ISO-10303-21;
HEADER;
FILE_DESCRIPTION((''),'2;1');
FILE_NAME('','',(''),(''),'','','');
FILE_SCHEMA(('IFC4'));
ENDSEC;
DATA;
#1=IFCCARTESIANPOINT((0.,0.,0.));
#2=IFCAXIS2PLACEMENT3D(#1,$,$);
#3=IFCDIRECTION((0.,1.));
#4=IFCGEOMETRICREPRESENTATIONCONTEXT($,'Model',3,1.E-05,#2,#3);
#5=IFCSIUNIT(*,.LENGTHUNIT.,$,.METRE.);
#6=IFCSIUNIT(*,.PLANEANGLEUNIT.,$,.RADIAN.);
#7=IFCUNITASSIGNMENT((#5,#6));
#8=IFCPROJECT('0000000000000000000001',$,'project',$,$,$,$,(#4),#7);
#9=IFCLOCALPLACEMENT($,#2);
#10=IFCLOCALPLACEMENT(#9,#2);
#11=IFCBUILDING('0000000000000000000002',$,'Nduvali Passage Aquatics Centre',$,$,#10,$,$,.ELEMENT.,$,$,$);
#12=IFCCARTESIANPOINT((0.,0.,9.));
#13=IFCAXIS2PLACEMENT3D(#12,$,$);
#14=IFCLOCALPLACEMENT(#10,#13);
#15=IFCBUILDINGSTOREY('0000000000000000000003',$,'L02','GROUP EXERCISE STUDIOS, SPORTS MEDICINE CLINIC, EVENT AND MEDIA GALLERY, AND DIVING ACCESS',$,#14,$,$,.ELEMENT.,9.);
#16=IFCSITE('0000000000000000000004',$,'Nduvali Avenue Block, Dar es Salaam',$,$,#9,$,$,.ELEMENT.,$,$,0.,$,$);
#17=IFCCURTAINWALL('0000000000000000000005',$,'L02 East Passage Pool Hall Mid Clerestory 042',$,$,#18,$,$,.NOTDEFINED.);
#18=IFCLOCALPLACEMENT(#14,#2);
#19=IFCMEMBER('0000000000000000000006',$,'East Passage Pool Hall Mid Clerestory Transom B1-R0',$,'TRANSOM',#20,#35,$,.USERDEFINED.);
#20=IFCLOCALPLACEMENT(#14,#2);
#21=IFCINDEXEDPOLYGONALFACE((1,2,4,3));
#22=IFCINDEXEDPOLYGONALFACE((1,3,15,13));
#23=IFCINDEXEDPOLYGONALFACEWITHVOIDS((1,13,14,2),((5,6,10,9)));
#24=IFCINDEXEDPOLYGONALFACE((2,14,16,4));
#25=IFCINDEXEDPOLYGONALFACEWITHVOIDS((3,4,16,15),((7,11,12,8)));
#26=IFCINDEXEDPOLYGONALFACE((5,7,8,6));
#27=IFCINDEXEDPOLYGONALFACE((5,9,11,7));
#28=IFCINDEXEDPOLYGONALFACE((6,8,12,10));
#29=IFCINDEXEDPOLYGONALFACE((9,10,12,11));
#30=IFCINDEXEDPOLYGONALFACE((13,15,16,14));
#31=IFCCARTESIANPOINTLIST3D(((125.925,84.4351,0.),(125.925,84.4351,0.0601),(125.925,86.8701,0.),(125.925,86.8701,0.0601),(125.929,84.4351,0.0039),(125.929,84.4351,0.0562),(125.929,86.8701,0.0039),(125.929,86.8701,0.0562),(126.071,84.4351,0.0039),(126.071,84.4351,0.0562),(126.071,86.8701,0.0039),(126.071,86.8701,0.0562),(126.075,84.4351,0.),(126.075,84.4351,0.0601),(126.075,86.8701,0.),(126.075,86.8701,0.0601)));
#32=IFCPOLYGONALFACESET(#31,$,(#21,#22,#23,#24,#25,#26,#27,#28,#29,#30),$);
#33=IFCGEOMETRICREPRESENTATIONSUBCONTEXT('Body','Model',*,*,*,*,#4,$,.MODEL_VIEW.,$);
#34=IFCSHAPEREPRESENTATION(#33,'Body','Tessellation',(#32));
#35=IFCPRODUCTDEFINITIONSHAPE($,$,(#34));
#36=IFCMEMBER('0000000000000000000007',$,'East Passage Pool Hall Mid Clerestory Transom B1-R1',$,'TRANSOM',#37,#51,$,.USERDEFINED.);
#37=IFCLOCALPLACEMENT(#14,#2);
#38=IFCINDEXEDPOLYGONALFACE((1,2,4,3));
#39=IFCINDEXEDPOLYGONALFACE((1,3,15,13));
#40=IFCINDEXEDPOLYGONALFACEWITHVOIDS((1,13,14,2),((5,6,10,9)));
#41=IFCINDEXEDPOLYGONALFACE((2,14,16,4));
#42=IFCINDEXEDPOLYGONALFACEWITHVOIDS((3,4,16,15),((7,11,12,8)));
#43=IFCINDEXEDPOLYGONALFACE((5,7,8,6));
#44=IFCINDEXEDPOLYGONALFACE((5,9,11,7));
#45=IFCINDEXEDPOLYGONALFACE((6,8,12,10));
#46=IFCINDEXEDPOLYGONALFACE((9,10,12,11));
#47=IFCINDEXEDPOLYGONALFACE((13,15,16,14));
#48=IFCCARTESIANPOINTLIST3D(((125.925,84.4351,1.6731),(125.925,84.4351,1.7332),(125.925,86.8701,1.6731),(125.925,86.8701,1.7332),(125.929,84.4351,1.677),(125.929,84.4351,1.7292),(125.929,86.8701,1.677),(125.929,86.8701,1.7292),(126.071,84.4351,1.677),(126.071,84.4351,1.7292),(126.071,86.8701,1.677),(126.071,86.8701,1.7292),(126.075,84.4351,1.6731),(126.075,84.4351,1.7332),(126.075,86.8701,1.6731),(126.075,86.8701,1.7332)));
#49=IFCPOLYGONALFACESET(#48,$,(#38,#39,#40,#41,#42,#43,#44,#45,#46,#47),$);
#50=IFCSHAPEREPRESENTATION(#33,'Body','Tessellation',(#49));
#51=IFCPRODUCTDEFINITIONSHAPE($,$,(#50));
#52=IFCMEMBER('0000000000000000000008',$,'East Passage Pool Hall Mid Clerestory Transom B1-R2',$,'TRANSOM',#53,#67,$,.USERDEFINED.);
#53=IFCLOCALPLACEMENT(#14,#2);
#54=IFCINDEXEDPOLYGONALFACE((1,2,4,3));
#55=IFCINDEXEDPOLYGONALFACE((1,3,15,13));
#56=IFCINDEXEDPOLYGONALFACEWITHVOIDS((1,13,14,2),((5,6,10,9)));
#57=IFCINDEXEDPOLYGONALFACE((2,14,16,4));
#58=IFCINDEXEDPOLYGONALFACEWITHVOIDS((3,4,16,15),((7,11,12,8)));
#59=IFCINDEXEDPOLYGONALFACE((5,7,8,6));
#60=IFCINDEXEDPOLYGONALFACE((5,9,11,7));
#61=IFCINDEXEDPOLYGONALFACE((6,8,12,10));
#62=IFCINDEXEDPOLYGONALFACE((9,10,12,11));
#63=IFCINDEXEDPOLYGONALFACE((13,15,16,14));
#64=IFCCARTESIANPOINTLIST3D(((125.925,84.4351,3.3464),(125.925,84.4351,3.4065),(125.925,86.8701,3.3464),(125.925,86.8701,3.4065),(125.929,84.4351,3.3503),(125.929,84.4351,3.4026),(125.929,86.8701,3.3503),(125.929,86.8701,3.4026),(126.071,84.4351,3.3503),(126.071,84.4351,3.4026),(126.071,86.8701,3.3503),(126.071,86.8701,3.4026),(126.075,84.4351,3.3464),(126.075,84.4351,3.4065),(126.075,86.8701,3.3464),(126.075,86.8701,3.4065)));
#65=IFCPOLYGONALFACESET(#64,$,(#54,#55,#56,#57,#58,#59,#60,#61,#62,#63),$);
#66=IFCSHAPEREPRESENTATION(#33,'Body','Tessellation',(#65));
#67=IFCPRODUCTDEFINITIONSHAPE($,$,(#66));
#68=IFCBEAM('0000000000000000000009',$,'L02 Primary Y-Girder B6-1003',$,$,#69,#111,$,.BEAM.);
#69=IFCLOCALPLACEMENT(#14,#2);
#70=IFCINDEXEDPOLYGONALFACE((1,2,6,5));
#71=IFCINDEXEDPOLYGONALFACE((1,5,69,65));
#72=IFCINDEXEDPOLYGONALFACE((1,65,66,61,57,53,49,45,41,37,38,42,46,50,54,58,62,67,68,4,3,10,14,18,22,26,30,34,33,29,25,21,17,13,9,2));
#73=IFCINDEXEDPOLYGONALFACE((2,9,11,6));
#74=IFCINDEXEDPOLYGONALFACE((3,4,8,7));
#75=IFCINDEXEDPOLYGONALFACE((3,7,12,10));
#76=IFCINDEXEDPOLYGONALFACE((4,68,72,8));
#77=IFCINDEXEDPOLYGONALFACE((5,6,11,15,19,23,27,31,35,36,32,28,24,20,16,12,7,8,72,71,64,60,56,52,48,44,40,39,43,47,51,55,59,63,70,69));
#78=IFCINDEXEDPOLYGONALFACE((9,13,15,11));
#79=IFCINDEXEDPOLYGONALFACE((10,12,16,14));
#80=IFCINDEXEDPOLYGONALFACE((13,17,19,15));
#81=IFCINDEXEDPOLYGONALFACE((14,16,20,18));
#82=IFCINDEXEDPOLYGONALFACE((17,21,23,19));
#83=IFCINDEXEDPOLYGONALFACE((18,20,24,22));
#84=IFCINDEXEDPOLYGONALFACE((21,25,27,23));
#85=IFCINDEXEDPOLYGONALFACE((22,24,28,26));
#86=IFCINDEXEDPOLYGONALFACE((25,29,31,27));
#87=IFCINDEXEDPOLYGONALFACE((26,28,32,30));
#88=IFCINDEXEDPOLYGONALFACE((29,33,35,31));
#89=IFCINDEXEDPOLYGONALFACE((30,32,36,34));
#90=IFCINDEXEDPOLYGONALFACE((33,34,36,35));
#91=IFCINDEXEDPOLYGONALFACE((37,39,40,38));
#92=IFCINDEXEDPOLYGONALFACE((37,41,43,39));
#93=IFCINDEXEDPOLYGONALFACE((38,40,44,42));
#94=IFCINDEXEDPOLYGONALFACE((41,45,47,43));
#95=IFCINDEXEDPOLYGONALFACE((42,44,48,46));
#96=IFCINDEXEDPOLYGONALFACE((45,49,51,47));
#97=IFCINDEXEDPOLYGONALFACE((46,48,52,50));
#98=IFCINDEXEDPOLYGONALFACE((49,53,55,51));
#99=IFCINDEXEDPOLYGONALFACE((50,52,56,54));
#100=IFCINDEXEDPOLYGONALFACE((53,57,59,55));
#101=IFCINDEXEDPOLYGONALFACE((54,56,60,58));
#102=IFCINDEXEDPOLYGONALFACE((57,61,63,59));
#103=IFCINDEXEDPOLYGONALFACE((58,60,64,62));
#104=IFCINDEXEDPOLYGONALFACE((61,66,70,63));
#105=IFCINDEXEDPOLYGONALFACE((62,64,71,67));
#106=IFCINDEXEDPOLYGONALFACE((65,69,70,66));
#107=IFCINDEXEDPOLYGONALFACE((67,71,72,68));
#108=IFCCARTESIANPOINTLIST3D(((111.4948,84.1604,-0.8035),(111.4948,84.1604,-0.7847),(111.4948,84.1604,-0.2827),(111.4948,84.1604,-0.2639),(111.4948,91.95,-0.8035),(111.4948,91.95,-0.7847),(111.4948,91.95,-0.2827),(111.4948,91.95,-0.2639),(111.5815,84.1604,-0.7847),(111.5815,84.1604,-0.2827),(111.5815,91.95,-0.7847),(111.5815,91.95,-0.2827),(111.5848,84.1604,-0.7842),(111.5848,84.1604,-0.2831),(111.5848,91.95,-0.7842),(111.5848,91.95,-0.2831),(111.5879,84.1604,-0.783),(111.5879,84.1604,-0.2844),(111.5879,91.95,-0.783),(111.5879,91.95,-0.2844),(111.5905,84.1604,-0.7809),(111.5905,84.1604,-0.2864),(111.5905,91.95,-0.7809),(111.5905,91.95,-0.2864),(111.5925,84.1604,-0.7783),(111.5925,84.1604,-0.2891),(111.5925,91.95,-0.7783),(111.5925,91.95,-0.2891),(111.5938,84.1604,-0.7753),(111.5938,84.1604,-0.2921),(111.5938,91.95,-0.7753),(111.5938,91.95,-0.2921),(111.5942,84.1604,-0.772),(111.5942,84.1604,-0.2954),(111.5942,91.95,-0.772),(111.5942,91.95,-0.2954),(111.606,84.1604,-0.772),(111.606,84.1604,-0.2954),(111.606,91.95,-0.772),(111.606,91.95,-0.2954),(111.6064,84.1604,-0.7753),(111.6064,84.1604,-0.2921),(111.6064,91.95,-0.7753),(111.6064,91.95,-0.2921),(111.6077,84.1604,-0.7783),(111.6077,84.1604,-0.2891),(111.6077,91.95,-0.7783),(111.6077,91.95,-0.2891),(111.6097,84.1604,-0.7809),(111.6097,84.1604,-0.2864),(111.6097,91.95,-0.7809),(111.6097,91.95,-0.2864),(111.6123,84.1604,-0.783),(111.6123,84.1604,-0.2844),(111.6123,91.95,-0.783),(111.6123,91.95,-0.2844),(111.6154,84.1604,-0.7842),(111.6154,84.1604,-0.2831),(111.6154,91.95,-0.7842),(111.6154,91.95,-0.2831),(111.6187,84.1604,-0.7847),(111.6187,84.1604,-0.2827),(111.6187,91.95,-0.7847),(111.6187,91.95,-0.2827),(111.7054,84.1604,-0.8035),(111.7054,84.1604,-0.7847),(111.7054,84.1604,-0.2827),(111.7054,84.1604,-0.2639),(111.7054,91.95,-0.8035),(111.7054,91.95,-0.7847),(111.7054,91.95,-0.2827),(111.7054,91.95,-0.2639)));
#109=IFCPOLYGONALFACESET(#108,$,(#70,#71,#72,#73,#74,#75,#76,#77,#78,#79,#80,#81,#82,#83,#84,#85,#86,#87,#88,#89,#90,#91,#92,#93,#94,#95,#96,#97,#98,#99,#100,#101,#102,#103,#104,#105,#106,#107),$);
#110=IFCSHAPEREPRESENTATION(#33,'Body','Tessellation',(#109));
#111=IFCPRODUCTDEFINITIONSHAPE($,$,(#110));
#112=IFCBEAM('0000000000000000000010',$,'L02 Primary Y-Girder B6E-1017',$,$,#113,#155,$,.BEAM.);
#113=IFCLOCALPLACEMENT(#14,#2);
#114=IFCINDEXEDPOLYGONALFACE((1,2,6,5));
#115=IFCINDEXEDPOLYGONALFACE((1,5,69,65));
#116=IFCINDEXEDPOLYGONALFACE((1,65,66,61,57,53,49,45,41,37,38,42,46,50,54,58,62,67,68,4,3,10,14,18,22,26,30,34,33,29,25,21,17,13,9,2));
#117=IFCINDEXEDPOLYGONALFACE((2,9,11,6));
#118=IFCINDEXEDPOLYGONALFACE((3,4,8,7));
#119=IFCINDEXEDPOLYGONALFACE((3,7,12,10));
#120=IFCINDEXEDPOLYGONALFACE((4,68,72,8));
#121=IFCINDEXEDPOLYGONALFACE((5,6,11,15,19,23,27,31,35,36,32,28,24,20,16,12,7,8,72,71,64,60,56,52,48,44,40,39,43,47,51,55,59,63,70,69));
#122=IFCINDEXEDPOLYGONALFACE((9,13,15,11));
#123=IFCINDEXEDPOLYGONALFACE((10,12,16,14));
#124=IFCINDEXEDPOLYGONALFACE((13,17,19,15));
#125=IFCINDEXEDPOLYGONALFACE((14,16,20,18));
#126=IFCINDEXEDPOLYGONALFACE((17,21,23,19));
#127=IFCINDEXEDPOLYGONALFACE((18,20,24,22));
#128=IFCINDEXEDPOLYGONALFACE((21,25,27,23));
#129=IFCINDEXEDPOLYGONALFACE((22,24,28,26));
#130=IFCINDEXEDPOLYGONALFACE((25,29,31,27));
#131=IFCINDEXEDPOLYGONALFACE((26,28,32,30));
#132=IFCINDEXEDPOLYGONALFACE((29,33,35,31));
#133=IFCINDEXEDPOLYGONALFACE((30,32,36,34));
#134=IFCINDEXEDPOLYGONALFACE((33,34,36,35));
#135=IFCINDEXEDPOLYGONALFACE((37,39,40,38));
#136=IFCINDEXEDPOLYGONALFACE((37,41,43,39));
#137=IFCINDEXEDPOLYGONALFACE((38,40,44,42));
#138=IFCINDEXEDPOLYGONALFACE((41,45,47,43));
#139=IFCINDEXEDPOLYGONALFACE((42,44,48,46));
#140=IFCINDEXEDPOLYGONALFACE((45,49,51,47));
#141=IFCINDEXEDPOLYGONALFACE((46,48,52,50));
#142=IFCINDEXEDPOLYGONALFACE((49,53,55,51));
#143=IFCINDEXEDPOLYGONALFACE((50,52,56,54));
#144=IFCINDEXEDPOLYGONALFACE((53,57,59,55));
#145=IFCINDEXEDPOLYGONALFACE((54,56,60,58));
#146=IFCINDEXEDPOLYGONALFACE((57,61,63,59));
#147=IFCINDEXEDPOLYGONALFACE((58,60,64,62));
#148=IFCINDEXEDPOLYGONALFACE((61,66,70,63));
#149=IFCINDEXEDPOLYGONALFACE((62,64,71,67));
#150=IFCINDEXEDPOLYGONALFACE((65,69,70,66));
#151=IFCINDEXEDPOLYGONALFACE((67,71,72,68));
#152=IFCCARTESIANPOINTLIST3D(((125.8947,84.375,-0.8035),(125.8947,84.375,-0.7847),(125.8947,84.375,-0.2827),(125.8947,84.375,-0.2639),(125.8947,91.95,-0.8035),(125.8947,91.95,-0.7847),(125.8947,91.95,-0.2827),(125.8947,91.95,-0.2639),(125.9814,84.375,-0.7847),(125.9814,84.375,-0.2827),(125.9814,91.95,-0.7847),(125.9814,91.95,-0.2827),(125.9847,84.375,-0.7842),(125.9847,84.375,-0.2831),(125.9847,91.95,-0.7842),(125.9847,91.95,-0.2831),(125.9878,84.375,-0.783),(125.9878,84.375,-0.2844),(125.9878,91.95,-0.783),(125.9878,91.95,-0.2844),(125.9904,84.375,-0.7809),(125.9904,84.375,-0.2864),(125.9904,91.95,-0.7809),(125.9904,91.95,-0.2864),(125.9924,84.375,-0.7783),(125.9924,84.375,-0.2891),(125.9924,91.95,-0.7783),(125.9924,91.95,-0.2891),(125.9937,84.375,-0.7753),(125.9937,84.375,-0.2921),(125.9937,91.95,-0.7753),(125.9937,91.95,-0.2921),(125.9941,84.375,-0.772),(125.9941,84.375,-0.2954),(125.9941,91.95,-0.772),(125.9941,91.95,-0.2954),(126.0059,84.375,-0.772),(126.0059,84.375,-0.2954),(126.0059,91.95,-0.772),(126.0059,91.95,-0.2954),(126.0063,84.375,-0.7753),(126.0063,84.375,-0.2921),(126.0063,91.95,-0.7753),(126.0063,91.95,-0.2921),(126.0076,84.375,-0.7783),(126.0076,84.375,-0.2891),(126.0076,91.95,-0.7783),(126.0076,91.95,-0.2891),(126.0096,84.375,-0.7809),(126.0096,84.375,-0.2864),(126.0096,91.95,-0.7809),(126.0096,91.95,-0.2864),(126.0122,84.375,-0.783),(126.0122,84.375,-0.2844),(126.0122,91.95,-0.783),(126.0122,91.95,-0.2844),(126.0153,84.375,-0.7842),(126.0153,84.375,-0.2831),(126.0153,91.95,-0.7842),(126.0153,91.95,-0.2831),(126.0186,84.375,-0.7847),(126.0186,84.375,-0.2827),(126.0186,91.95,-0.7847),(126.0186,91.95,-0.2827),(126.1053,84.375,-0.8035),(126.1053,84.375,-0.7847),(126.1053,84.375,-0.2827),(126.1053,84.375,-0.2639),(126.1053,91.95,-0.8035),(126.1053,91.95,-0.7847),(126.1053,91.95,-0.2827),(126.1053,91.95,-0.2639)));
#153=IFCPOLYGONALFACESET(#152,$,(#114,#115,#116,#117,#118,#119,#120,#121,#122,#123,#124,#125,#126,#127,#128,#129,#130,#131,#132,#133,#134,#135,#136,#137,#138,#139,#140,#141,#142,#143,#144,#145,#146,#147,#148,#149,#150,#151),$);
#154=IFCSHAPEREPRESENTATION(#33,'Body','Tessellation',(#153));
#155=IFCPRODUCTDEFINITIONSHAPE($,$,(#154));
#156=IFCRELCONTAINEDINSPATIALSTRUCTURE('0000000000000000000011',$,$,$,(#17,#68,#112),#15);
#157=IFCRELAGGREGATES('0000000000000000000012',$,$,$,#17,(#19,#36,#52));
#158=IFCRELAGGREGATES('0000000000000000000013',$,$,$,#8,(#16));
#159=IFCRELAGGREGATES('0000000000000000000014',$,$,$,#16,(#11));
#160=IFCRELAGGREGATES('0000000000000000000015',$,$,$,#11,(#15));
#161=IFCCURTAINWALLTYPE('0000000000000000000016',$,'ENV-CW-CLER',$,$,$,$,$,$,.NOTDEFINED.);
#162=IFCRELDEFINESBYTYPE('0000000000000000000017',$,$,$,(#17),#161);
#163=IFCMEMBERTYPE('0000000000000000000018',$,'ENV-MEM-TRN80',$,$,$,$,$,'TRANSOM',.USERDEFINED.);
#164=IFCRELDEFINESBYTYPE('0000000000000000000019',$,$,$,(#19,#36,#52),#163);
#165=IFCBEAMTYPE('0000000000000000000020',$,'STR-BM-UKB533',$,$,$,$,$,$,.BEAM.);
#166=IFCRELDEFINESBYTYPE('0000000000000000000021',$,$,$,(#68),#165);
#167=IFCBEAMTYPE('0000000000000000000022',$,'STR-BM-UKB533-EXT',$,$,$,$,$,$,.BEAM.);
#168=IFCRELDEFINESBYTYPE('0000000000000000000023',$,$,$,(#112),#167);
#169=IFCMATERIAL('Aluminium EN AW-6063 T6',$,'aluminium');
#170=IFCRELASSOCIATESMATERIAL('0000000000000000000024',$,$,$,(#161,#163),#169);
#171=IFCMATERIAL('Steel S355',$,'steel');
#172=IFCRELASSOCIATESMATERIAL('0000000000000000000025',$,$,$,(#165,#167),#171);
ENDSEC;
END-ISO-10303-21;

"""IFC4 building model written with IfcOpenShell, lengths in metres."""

from ifc_helpers import new_model, si_unit, direction, frame, origin, origin_2d, place, context, subcontext, project, spatial, hollow_rectangle, i_section, extrude, material, material_profile, profile_set, type_object, element, aggregate, save


model = new_model("IFC4")

# Units and contexts
model_context = context("Model", 3, precision=1e-05, world=origin(), true_north=direction((0.0, 1.0)))
body_context = subcontext(model_context, "Body", "Model", "MODEL_VIEW")
ifc_project = project(units=[si_unit("LENGTHUNIT", "METRE"), si_unit("PLANEANGLEUNIT", "RADIAN")], contexts=[model_context])

# Site, building, storey
site_placement = place(None, origin())
site = spatial("IfcSite", under=ifc_project, at=site_placement, Name="Nduvali Avenue Block, Dar es Salaam", CompositionType="ELEMENT", RefElevation=0.0)
building_placement = place(site_placement, origin())
building = spatial("IfcBuilding", under=site, at=building_placement, Name="Nduvali Passage Aquatics Centre", CompositionType="ELEMENT")
storey_placement = place(building_placement, frame((0.0, 0.0, 9.0)))
storey = spatial("IfcBuildingStorey", under=building, at=storey_placement, Name="L02", Description="GROUP EXERCISE STUDIOS, SPORTS MEDICINE CLINIC, EVENT AND MEDIA GALLERY, AND DIVING ACCESS", CompositionType="ELEMENT", Elevation=9.0)

# Curtain wall
ifc_material_1 = material(Name="Aluminium EN AW-6063 T6", Category="aluminium")
curtain_wall_type = type_object("IfcCurtainWallType", Name="ENV-CW-CLER", PredefinedType="NOTDEFINED", material=ifc_material_1)
curtain_wall_1_placement = place(storey_placement, origin())
curtain_wall_1 = element("IfcCurtainWall", 1, at=curtain_wall_1_placement, inside=storey, type_object=curtain_wall_type, Name="L02 East Passage Pool Hall Mid Clerestory 042", PredefinedType="NOTDEFINED")

# Members
ifc_material_profile_1 = material_profile(ifc_material_1, hollow_rectangle(XDim=0.1499, YDim=0.0601, WallThickness=0.0039, at=origin_2d()), Name="ALU TRANSOM 150x60x4")
ifc_profile_set_1 = profile_set([ifc_material_profile_1], Name="Aluminium EN AW-6063 T6")
member_type_1 = type_object("IfcMemberType", Name="ENV-MEM-TRN80", ElementType="TRANSOM", PredefinedType="USERDEFINED", material=ifc_profile_set_1)
member_1_placement = place(storey_placement, frame((126.0, 84.4351, 0.03), z_axis=(0.0, 1.0, 0.0), x_axis=(-1.0, 0.0, 0.0)))
member_1 = element("IfcMember", 2, at=member_1_placement, type_object=member_type_1, Name="East Passage Pool Hall Mid Clerestory Transom B1-R0", ObjectType="TRANSOM", PredefinedType="USERDEFINED", context=body_context, shape_type="SweptSolid", body=[
    extrude(hollow_rectangle(XDim=0.1499, YDim=0.0601, WallThickness=0.0039, at=origin_2d()), origin(), (0.0, 0.0, 1.0), 2.4351),
])
member_2_placement = place(storey_placement, frame((126.0, 84.4351, 1.7031), z_axis=(0.0, 1.0, 0.0), x_axis=(-1.0, 0.0, 0.0)))
member_2 = element("IfcMember", 3, at=member_2_placement, type_object=member_type_1, Name="East Passage Pool Hall Mid Clerestory Transom B1-R1", ObjectType="TRANSOM", PredefinedType="USERDEFINED", context=body_context, shape_type="SweptSolid", body=[
    extrude(hollow_rectangle(XDim=0.1499, YDim=0.0601, WallThickness=0.0039, at=origin_2d()), origin(), (0.0, 0.0, 1.0), 2.4351),
])
member_3_placement = place(storey_placement, frame((126.0, 84.4351, 3.3765), z_axis=(0.0, 1.0, 0.0), x_axis=(-1.0, 0.0, 0.0)))
member_3 = element("IfcMember", 4, at=member_3_placement, type_object=member_type_1, Name="East Passage Pool Hall Mid Clerestory Transom B1-R2", ObjectType="TRANSOM", PredefinedType="USERDEFINED", context=body_context, shape_type="SweptSolid", body=[
    extrude(hollow_rectangle(XDim=0.1499, YDim=0.0601, WallThickness=0.0039, at=origin_2d()), origin(), (0.0, 0.0, 1.0), 2.4351),
])

# Beams
ifc_material_2 = material(Name="Steel S355", Category="steel")
ifc_material_profile_2 = material_profile(ifc_material_2, i_section(OverallWidth=0.2107, OverallDepth=0.5396, WebThickness=0.0117, FlangeThickness=0.0188, FilletRadius=0.0127, at=origin_2d()), Name="UKB 533x210x109")
ifc_profile_set_2 = profile_set([ifc_material_profile_2], Name="Steel S355")
beam_type_1 = type_object("IfcBeamType", Name="STR-BM-UKB533", PredefinedType="BEAM", material=ifc_profile_set_2)
beam_1_placement = place(storey_placement, frame((111.6001, 84.1604, -0.5337), z_axis=(0.0, 1.0, 0.0), x_axis=(-1.0, 0.0, 0.0)))
element("IfcBeam", 5, at=beam_1_placement, inside=storey, type_object=beam_type_1, Name="L02 Primary Y-Girder B6-1003", PredefinedType="BEAM", context=body_context, shape_type="SweptSolid", body=[
    extrude(i_section(OverallWidth=0.2107, OverallDepth=0.5396, WebThickness=0.0117, FlangeThickness=0.0188, FilletRadius=0.0127, at=origin_2d()), origin(), (0.0, 0.0, 1.0), 7.7896),
])
ifc_material_profile_3 = material_profile(ifc_material_2, i_section(OverallWidth=0.2107, OverallDepth=0.5396, WebThickness=0.0117, FlangeThickness=0.0188, FilletRadius=0.0127, at=origin_2d()), Name="UKB 533x210x109")
ifc_profile_set_3 = profile_set([ifc_material_profile_3], Name="Steel S355")
beam_type_2 = type_object("IfcBeamType", Name="STR-BM-UKB533-EXT", PredefinedType="BEAM", material=ifc_profile_set_3)
beam_2_placement = place(storey_placement, frame((126.0, 84.375, -0.5337), z_axis=(0.0, 1.0, 0.0), x_axis=(-1.0, 0.0, 0.0)))
element("IfcBeam", 6, at=beam_2_placement, inside=storey, type_object=beam_type_2, Name="L02 Primary Y-Girder B6E-1017", PredefinedType="BEAM", context=body_context, shape_type="SweptSolid", body=[
    extrude(i_section(OverallWidth=0.2107, OverallDepth=0.5396, WebThickness=0.0117, FlangeThickness=0.0188, FilletRadius=0.0127, at=origin_2d()), origin(), (0.0, 0.0, 1.0), 7.575),
])

aggregate(curtain_wall_1, [member_1, member_2, member_3])

save(model, "model.ifc")
